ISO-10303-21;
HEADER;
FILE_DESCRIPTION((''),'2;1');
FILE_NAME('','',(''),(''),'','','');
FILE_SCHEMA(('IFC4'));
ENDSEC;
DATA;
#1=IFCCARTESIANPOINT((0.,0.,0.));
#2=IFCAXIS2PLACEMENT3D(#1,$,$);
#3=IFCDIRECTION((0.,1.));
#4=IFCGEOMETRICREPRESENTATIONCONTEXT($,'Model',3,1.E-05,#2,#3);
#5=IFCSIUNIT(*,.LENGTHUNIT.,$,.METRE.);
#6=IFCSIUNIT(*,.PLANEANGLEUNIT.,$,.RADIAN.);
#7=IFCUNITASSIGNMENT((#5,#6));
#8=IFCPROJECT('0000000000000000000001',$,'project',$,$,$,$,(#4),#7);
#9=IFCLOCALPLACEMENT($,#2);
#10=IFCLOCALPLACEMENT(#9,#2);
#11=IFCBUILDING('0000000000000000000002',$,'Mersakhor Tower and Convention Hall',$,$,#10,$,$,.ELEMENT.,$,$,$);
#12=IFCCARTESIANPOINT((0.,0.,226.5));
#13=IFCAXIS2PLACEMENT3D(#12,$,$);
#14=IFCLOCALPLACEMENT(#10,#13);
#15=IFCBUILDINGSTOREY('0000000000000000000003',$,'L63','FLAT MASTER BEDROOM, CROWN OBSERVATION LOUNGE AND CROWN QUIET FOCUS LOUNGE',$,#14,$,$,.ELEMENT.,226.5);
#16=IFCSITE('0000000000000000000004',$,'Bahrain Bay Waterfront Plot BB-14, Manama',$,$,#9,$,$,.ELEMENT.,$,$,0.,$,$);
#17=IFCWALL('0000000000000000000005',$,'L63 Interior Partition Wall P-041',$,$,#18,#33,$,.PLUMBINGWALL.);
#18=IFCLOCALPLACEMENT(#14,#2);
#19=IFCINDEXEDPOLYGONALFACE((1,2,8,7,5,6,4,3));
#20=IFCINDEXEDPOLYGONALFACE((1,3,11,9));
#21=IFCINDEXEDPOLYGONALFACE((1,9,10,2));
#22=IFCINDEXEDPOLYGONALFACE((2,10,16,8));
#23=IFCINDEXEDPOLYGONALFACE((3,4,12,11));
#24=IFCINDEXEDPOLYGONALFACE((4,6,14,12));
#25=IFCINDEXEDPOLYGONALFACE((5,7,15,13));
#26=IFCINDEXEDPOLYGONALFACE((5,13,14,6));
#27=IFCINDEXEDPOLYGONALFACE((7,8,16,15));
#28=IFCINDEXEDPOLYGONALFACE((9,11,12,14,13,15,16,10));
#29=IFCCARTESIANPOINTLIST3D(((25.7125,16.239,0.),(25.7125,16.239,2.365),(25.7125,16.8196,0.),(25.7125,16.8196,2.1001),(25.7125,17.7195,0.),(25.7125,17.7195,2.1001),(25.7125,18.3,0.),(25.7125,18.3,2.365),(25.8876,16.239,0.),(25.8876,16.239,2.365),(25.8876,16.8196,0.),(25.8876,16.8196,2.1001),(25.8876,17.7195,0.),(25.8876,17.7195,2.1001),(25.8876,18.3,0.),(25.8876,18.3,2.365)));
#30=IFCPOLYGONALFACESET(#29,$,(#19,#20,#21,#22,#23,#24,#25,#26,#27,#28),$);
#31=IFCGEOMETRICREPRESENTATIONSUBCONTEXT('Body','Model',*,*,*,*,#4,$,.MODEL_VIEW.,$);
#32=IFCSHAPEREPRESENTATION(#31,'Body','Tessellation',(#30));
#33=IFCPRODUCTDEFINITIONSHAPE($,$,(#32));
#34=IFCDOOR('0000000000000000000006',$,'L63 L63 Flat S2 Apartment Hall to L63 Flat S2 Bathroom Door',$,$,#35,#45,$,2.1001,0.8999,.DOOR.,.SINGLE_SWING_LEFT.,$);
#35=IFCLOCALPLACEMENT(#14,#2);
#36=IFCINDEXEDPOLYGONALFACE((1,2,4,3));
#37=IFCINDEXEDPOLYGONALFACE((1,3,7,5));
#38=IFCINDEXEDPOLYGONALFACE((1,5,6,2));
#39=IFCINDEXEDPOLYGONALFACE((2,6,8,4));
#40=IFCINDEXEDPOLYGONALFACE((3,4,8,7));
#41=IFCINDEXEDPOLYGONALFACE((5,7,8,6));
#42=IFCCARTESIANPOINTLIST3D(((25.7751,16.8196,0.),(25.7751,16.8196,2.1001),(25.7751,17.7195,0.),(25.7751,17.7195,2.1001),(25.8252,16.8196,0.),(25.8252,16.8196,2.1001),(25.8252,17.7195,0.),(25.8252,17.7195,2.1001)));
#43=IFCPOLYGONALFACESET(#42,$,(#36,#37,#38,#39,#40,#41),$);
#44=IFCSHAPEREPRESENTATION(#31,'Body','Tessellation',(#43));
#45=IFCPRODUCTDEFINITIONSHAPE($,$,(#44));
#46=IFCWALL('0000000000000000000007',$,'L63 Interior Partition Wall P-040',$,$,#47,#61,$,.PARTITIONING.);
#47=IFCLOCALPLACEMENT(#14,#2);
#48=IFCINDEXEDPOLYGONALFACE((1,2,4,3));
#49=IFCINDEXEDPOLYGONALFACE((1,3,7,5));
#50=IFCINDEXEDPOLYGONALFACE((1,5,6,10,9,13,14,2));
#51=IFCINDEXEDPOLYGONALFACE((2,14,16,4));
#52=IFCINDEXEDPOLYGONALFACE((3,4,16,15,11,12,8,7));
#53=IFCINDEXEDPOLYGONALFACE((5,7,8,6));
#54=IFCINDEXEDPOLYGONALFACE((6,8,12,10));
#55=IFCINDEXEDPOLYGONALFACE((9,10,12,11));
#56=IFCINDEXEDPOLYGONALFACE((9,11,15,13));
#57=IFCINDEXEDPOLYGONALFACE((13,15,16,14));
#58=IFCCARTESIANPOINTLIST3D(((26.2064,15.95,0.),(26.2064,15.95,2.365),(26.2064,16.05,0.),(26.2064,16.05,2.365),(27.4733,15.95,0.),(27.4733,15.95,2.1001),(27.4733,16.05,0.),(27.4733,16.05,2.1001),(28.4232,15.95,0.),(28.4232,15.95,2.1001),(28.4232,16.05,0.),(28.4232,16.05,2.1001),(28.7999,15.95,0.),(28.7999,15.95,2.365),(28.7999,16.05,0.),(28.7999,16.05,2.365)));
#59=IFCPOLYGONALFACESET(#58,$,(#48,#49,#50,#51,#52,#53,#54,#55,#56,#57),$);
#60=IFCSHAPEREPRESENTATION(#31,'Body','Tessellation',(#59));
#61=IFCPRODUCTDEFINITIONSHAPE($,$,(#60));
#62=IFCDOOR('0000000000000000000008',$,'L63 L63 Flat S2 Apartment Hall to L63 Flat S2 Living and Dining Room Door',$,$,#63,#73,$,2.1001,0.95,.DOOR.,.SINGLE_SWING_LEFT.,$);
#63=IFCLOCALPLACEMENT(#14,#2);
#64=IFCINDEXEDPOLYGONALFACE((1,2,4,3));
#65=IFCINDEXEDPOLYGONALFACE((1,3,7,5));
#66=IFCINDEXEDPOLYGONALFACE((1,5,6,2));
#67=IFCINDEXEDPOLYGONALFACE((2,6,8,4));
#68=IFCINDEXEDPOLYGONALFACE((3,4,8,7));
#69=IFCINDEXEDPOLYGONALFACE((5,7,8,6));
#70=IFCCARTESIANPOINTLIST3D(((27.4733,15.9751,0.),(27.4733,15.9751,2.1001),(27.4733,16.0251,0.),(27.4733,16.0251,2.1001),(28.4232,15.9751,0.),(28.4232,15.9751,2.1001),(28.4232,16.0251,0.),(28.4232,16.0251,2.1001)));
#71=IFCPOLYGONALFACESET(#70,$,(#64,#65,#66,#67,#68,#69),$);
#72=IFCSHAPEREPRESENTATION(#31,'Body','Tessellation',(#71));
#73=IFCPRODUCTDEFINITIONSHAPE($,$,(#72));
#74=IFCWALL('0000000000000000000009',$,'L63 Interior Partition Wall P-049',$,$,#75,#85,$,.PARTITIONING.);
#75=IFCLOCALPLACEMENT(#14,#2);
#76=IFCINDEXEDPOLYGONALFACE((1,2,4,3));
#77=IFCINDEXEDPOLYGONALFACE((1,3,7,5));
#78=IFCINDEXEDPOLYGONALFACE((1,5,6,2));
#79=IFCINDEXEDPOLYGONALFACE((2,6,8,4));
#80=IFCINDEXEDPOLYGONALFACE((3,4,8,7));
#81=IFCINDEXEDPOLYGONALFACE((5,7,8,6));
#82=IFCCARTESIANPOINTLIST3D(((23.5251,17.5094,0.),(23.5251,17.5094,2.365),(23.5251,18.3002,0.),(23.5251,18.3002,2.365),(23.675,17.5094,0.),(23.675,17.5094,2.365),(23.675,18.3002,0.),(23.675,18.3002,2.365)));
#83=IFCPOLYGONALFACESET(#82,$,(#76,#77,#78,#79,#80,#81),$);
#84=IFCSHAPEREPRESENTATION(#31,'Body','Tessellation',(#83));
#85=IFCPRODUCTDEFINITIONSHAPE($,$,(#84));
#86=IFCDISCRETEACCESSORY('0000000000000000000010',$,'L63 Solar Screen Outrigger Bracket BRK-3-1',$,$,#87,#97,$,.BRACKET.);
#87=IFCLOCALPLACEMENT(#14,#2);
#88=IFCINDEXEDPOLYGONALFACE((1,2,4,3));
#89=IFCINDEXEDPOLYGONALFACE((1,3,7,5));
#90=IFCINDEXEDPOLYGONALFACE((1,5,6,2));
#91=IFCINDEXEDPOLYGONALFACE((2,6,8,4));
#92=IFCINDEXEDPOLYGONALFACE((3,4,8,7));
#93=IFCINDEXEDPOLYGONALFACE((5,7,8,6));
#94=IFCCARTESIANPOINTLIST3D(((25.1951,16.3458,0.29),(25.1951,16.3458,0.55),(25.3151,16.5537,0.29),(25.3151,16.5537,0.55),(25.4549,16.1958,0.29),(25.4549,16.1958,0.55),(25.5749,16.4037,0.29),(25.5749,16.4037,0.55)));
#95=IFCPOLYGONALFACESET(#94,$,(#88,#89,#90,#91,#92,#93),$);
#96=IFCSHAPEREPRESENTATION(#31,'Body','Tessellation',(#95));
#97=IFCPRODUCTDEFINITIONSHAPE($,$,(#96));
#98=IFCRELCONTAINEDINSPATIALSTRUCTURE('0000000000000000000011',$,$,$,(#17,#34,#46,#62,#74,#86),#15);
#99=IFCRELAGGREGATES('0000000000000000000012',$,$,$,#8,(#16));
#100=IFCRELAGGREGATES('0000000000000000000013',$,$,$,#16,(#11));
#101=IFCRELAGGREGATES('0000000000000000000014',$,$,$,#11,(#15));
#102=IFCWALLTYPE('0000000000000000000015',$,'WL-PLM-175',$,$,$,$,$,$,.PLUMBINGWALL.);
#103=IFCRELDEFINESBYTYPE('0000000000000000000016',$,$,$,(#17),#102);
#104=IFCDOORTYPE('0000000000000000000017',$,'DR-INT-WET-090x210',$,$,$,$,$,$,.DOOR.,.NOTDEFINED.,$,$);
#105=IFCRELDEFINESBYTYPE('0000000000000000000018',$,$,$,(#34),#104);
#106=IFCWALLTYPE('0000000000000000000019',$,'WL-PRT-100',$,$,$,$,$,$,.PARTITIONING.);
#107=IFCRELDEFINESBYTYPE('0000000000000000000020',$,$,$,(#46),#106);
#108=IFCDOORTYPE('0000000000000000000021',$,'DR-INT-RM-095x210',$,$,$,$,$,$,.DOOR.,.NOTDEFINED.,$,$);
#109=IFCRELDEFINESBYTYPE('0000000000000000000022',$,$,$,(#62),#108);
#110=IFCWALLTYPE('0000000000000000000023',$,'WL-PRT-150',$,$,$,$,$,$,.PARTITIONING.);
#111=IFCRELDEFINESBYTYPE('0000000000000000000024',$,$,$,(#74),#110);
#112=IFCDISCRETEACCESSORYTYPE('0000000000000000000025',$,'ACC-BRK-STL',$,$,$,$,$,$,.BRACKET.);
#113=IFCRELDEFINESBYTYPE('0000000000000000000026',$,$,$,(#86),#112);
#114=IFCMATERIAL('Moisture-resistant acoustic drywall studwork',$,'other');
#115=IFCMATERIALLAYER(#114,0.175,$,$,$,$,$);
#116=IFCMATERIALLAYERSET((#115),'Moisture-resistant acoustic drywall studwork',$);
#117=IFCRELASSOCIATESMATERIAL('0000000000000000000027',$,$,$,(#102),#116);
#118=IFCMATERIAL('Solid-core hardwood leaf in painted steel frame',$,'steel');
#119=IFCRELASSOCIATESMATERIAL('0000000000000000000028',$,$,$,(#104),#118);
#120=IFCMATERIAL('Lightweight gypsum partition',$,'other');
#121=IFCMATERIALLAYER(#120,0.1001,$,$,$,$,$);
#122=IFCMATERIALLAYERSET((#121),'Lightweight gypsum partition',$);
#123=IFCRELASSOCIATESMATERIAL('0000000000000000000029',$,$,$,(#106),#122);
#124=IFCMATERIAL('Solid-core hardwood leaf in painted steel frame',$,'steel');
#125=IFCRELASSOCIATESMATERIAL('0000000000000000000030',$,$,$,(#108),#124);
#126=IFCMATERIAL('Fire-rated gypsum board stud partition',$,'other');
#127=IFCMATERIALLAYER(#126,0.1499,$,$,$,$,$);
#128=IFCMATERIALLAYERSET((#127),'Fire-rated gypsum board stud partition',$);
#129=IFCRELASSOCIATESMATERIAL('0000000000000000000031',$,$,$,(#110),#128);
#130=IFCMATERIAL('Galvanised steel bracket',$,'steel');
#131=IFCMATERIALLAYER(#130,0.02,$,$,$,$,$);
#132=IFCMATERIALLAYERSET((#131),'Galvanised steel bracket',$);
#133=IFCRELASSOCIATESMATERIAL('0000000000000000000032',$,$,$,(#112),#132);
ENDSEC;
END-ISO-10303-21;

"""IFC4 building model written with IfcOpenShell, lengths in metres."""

from ifc_helpers import new_model, si_unit, direction, frame, frame_2d, origin, origin_2d, place, context, subcontext, project, spatial, rectangle, extrude, material, layer, layer_set, type_object, element, fill, save


model = new_model("IFC4")

# Units and contexts
model_context = context("Model", 3, precision=1e-05, world=origin(), true_north=direction((0.0, 1.0)))
body_context = subcontext(model_context, "Body", "Model", "MODEL_VIEW")
ifc_project = project(units=[si_unit("LENGTHUNIT", "METRE"), si_unit("PLANEANGLEUNIT", "RADIAN")], contexts=[model_context])

# Site, building, storey
site_placement = place(None, origin())
site = spatial("IfcSite", under=ifc_project, at=site_placement, Name="Bahrain Bay Waterfront Plot BB-14, Manama", CompositionType="ELEMENT", RefElevation=0.0)
building_placement = place(site_placement, origin())
building = spatial("IfcBuilding", under=site, at=building_placement, Name="Mersakhor Tower and Convention Hall", CompositionType="ELEMENT")
storey_placement = place(building_placement, frame((0.0, 0.0, 226.5)))
storey = spatial("IfcBuildingStorey", under=building, at=storey_placement, Name="L63", Description="FLAT MASTER BEDROOM, CROWN OBSERVATION LOUNGE AND CROWN QUIET FOCUS LOUNGE", CompositionType="ELEMENT", Elevation=226.5)

# Walls, openings, doors
ifc_material_1 = material(Name="Moisture-resistant acoustic drywall studwork", Category="other")
ifc_layer_1 = layer(ifc_material_1, 0.175)
ifc_layer_set_1 = layer_set([ifc_layer_1], Name="Moisture-resistant acoustic drywall studwork")
wall_type_1 = type_object("IfcWallType", Name="WL-PLM-175", PredefinedType="PLUMBINGWALL", material=ifc_layer_set_1)
wall_1_placement = place(storey_placement, frame((25.8, 16.239, 0.0), z_axis=(0.0, 0.0, 1.0), x_axis=(0.0, 1.0, 0.0)))
wall_1 = element("IfcWall", 1, at=wall_1_placement, inside=storey, type_object=wall_type_1, Name="L63 Interior Partition Wall P-041", PredefinedType="PLUMBINGWALL", context=body_context, shape_type="SweptSolid", body=[
    extrude(rectangle(XDim=2.061, YDim=0.175, at=frame_2d((1.0305, 0.0))), origin(), (0.0, 0.0, 1.0), 2.365),
])
opening_1_placement = place(wall_1_placement, frame((0.5806, 0.0, 0.0)))
opening_1 = element("IfcOpeningElement", 2, at=opening_1_placement, cuts=wall_1, PredefinedType="OPENING", context=body_context, shape_type="SweptSolid", body=[
    extrude(rectangle(XDim=0.8999, YDim=2.1001, at=frame_2d((0.45, 1.05))), frame((0.0, 0.0974, 0.0), z_axis=(0.0, -1.0, 0.0), x_axis=(1.0, 0.0, 0.0)), (0.0, 0.0, 1.0), 0.1951),
])
ifc_material_2 = material(Name="Solid-core hardwood leaf in painted steel frame", Category="steel")
door_type_1 = type_object("IfcDoorType", Name="DR-INT-WET-090x210", OperationType="NOTDEFINED", PredefinedType="DOOR", material=ifc_material_2)
door_1_placement = place(opening_1_placement, origin())
door_1 = element("IfcDoor", 3, at=door_1_placement, inside=storey, type_object=door_type_1, Name="L63 L63 Flat S2 Apartment Hall to L63 Flat S2 Bathroom Door", OperationType="SINGLE_SWING_LEFT", OverallHeight=2.1001, OverallWidth=0.8999, PredefinedType="DOOR", context=body_context, shape_type="SweptSolid", body=[
    extrude(rectangle(XDim=0.8999, YDim=2.1001, at=frame_2d((0.45, 1.05))), frame((0.0, 0.0249, 0.0), z_axis=(0.0, -1.0, 0.0), x_axis=(1.0, 0.0, 0.0)), (0.0, 0.0, 1.0), 0.05),
])
fill(opening_1, door_1)
ifc_material_3 = material(Name="Lightweight gypsum partition", Category="other")
ifc_layer_2 = layer(ifc_material_3, 0.1001)
ifc_layer_set_2 = layer_set([ifc_layer_2], Name="Lightweight gypsum partition")
wall_type_2 = type_object("IfcWallType", Name="WL-PRT-100", PredefinedType="PARTITIONING", material=ifc_layer_set_2)
wall_2_placement = place(storey_placement, frame((28.8, 16.0, 0.0), z_axis=(0.0, 0.0, 1.0), x_axis=(-1.0, 0.0, 0.0)))
wall_2 = element("IfcWall", 4, at=wall_2_placement, inside=storey, type_object=wall_type_2, Name="L63 Interior Partition Wall P-040", PredefinedType="PARTITIONING", context=body_context, shape_type="SweptSolid", body=[
    extrude(rectangle(XDim=2.5935, YDim=0.1001, at=frame_2d((1.2969, 0.0))), origin(), (0.0, 0.0, 1.0), 2.365),
])
opening_2_placement = place(wall_2_placement, frame((0.3767, 0.0, 0.0)))
opening_2 = element("IfcOpeningElement", 5, at=opening_2_placement, cuts=wall_2, PredefinedType="OPENING", context=body_context, shape_type="SweptSolid", body=[
    extrude(rectangle(XDim=0.95, YDim=2.1001, at=frame_2d((0.4751, 1.05))), frame((0.0, 0.0601, 0.0), z_axis=(0.0, -1.0, 0.0), x_axis=(1.0, 0.0, 0.0)), (0.0, 0.0, 1.0), 0.1201),
])
ifc_material_4 = material(Name="Solid-core hardwood leaf in painted steel frame", Category="steel")
door_type_2 = type_object("IfcDoorType", Name="DR-INT-RM-095x210", OperationType="NOTDEFINED", PredefinedType="DOOR", material=ifc_material_4)
door_2_placement = place(opening_2_placement, origin())
door_2 = element("IfcDoor", 6, at=door_2_placement, inside=storey, type_object=door_type_2, Name="L63 L63 Flat S2 Apartment Hall to L63 Flat S2 Living and Dining Room Door", OperationType="SINGLE_SWING_LEFT", OverallHeight=2.1001, OverallWidth=0.95, PredefinedType="DOOR", context=body_context, shape_type="SweptSolid", body=[
    extrude(rectangle(XDim=0.95, YDim=2.1001, at=frame_2d((0.4751, 1.05))), frame((0.0, 0.0249, 0.0), z_axis=(0.0, -1.0, 0.0), x_axis=(1.0, 0.0, 0.0)), (0.0, 0.0, 1.0), 0.05),
])
fill(opening_2, door_2)
ifc_material_5 = material(Name="Fire-rated gypsum board stud partition", Category="other")
ifc_layer_3 = layer(ifc_material_5, 0.1499)
ifc_layer_set_3 = layer_set([ifc_layer_3], Name="Fire-rated gypsum board stud partition")
wall_type_3 = type_object("IfcWallType", Name="WL-PRT-150", PredefinedType="PARTITIONING", material=ifc_layer_set_3)

# Wall
wall_3_placement = place(storey_placement, frame((23.6001, 17.5093, 0.0), z_axis=(0.0, 0.0, 1.0), x_axis=(0.0, 1.0, 0.0)))
element("IfcWall", 7, at=wall_3_placement, inside=storey, type_object=wall_type_3, Name="L63 Interior Partition Wall P-049", PredefinedType="PARTITIONING", context=body_context, shape_type="SweptSolid", body=[
    extrude(rectangle(XDim=0.7908, YDim=0.1499, at=frame_2d((0.3955, 0.0))), origin(), (0.0, 0.0, 1.0), 2.365),
])

# Discrete accessory
ifc_material_6 = material(Name="Galvanised steel bracket", Category="steel")
ifc_layer_4 = layer(ifc_material_6, 0.02)
ifc_layer_set_4 = layer_set([ifc_layer_4], Name="Galvanised steel bracket")
discrete_accessory_type = type_object("IfcDiscreteAccessoryType", Name="ACC-BRK-STL", PredefinedType="BRACKET", material=ifc_layer_set_4)
discrete_accessory_placement = place(storey_placement, frame((25.385, 16.3748, 0.29), z_axis=(0.0, 0.0, 1.0), x_axis=(-0.866025, 0.5, 0.0)))
element("IfcDiscreteAccessory", 8, at=discrete_accessory_placement, inside=storey, type_object=discrete_accessory_type, Name="L63 Solar Screen Outrigger Bracket BRK-3-1", PredefinedType="BRACKET", context=body_context, shape_type="SweptSolid", body=[
    extrude(rectangle(XDim=0.3, YDim=0.24, at=origin_2d()), origin(), (0.0, 0.0, 1.0), 0.26),
])

save(model, "model.ifc")
